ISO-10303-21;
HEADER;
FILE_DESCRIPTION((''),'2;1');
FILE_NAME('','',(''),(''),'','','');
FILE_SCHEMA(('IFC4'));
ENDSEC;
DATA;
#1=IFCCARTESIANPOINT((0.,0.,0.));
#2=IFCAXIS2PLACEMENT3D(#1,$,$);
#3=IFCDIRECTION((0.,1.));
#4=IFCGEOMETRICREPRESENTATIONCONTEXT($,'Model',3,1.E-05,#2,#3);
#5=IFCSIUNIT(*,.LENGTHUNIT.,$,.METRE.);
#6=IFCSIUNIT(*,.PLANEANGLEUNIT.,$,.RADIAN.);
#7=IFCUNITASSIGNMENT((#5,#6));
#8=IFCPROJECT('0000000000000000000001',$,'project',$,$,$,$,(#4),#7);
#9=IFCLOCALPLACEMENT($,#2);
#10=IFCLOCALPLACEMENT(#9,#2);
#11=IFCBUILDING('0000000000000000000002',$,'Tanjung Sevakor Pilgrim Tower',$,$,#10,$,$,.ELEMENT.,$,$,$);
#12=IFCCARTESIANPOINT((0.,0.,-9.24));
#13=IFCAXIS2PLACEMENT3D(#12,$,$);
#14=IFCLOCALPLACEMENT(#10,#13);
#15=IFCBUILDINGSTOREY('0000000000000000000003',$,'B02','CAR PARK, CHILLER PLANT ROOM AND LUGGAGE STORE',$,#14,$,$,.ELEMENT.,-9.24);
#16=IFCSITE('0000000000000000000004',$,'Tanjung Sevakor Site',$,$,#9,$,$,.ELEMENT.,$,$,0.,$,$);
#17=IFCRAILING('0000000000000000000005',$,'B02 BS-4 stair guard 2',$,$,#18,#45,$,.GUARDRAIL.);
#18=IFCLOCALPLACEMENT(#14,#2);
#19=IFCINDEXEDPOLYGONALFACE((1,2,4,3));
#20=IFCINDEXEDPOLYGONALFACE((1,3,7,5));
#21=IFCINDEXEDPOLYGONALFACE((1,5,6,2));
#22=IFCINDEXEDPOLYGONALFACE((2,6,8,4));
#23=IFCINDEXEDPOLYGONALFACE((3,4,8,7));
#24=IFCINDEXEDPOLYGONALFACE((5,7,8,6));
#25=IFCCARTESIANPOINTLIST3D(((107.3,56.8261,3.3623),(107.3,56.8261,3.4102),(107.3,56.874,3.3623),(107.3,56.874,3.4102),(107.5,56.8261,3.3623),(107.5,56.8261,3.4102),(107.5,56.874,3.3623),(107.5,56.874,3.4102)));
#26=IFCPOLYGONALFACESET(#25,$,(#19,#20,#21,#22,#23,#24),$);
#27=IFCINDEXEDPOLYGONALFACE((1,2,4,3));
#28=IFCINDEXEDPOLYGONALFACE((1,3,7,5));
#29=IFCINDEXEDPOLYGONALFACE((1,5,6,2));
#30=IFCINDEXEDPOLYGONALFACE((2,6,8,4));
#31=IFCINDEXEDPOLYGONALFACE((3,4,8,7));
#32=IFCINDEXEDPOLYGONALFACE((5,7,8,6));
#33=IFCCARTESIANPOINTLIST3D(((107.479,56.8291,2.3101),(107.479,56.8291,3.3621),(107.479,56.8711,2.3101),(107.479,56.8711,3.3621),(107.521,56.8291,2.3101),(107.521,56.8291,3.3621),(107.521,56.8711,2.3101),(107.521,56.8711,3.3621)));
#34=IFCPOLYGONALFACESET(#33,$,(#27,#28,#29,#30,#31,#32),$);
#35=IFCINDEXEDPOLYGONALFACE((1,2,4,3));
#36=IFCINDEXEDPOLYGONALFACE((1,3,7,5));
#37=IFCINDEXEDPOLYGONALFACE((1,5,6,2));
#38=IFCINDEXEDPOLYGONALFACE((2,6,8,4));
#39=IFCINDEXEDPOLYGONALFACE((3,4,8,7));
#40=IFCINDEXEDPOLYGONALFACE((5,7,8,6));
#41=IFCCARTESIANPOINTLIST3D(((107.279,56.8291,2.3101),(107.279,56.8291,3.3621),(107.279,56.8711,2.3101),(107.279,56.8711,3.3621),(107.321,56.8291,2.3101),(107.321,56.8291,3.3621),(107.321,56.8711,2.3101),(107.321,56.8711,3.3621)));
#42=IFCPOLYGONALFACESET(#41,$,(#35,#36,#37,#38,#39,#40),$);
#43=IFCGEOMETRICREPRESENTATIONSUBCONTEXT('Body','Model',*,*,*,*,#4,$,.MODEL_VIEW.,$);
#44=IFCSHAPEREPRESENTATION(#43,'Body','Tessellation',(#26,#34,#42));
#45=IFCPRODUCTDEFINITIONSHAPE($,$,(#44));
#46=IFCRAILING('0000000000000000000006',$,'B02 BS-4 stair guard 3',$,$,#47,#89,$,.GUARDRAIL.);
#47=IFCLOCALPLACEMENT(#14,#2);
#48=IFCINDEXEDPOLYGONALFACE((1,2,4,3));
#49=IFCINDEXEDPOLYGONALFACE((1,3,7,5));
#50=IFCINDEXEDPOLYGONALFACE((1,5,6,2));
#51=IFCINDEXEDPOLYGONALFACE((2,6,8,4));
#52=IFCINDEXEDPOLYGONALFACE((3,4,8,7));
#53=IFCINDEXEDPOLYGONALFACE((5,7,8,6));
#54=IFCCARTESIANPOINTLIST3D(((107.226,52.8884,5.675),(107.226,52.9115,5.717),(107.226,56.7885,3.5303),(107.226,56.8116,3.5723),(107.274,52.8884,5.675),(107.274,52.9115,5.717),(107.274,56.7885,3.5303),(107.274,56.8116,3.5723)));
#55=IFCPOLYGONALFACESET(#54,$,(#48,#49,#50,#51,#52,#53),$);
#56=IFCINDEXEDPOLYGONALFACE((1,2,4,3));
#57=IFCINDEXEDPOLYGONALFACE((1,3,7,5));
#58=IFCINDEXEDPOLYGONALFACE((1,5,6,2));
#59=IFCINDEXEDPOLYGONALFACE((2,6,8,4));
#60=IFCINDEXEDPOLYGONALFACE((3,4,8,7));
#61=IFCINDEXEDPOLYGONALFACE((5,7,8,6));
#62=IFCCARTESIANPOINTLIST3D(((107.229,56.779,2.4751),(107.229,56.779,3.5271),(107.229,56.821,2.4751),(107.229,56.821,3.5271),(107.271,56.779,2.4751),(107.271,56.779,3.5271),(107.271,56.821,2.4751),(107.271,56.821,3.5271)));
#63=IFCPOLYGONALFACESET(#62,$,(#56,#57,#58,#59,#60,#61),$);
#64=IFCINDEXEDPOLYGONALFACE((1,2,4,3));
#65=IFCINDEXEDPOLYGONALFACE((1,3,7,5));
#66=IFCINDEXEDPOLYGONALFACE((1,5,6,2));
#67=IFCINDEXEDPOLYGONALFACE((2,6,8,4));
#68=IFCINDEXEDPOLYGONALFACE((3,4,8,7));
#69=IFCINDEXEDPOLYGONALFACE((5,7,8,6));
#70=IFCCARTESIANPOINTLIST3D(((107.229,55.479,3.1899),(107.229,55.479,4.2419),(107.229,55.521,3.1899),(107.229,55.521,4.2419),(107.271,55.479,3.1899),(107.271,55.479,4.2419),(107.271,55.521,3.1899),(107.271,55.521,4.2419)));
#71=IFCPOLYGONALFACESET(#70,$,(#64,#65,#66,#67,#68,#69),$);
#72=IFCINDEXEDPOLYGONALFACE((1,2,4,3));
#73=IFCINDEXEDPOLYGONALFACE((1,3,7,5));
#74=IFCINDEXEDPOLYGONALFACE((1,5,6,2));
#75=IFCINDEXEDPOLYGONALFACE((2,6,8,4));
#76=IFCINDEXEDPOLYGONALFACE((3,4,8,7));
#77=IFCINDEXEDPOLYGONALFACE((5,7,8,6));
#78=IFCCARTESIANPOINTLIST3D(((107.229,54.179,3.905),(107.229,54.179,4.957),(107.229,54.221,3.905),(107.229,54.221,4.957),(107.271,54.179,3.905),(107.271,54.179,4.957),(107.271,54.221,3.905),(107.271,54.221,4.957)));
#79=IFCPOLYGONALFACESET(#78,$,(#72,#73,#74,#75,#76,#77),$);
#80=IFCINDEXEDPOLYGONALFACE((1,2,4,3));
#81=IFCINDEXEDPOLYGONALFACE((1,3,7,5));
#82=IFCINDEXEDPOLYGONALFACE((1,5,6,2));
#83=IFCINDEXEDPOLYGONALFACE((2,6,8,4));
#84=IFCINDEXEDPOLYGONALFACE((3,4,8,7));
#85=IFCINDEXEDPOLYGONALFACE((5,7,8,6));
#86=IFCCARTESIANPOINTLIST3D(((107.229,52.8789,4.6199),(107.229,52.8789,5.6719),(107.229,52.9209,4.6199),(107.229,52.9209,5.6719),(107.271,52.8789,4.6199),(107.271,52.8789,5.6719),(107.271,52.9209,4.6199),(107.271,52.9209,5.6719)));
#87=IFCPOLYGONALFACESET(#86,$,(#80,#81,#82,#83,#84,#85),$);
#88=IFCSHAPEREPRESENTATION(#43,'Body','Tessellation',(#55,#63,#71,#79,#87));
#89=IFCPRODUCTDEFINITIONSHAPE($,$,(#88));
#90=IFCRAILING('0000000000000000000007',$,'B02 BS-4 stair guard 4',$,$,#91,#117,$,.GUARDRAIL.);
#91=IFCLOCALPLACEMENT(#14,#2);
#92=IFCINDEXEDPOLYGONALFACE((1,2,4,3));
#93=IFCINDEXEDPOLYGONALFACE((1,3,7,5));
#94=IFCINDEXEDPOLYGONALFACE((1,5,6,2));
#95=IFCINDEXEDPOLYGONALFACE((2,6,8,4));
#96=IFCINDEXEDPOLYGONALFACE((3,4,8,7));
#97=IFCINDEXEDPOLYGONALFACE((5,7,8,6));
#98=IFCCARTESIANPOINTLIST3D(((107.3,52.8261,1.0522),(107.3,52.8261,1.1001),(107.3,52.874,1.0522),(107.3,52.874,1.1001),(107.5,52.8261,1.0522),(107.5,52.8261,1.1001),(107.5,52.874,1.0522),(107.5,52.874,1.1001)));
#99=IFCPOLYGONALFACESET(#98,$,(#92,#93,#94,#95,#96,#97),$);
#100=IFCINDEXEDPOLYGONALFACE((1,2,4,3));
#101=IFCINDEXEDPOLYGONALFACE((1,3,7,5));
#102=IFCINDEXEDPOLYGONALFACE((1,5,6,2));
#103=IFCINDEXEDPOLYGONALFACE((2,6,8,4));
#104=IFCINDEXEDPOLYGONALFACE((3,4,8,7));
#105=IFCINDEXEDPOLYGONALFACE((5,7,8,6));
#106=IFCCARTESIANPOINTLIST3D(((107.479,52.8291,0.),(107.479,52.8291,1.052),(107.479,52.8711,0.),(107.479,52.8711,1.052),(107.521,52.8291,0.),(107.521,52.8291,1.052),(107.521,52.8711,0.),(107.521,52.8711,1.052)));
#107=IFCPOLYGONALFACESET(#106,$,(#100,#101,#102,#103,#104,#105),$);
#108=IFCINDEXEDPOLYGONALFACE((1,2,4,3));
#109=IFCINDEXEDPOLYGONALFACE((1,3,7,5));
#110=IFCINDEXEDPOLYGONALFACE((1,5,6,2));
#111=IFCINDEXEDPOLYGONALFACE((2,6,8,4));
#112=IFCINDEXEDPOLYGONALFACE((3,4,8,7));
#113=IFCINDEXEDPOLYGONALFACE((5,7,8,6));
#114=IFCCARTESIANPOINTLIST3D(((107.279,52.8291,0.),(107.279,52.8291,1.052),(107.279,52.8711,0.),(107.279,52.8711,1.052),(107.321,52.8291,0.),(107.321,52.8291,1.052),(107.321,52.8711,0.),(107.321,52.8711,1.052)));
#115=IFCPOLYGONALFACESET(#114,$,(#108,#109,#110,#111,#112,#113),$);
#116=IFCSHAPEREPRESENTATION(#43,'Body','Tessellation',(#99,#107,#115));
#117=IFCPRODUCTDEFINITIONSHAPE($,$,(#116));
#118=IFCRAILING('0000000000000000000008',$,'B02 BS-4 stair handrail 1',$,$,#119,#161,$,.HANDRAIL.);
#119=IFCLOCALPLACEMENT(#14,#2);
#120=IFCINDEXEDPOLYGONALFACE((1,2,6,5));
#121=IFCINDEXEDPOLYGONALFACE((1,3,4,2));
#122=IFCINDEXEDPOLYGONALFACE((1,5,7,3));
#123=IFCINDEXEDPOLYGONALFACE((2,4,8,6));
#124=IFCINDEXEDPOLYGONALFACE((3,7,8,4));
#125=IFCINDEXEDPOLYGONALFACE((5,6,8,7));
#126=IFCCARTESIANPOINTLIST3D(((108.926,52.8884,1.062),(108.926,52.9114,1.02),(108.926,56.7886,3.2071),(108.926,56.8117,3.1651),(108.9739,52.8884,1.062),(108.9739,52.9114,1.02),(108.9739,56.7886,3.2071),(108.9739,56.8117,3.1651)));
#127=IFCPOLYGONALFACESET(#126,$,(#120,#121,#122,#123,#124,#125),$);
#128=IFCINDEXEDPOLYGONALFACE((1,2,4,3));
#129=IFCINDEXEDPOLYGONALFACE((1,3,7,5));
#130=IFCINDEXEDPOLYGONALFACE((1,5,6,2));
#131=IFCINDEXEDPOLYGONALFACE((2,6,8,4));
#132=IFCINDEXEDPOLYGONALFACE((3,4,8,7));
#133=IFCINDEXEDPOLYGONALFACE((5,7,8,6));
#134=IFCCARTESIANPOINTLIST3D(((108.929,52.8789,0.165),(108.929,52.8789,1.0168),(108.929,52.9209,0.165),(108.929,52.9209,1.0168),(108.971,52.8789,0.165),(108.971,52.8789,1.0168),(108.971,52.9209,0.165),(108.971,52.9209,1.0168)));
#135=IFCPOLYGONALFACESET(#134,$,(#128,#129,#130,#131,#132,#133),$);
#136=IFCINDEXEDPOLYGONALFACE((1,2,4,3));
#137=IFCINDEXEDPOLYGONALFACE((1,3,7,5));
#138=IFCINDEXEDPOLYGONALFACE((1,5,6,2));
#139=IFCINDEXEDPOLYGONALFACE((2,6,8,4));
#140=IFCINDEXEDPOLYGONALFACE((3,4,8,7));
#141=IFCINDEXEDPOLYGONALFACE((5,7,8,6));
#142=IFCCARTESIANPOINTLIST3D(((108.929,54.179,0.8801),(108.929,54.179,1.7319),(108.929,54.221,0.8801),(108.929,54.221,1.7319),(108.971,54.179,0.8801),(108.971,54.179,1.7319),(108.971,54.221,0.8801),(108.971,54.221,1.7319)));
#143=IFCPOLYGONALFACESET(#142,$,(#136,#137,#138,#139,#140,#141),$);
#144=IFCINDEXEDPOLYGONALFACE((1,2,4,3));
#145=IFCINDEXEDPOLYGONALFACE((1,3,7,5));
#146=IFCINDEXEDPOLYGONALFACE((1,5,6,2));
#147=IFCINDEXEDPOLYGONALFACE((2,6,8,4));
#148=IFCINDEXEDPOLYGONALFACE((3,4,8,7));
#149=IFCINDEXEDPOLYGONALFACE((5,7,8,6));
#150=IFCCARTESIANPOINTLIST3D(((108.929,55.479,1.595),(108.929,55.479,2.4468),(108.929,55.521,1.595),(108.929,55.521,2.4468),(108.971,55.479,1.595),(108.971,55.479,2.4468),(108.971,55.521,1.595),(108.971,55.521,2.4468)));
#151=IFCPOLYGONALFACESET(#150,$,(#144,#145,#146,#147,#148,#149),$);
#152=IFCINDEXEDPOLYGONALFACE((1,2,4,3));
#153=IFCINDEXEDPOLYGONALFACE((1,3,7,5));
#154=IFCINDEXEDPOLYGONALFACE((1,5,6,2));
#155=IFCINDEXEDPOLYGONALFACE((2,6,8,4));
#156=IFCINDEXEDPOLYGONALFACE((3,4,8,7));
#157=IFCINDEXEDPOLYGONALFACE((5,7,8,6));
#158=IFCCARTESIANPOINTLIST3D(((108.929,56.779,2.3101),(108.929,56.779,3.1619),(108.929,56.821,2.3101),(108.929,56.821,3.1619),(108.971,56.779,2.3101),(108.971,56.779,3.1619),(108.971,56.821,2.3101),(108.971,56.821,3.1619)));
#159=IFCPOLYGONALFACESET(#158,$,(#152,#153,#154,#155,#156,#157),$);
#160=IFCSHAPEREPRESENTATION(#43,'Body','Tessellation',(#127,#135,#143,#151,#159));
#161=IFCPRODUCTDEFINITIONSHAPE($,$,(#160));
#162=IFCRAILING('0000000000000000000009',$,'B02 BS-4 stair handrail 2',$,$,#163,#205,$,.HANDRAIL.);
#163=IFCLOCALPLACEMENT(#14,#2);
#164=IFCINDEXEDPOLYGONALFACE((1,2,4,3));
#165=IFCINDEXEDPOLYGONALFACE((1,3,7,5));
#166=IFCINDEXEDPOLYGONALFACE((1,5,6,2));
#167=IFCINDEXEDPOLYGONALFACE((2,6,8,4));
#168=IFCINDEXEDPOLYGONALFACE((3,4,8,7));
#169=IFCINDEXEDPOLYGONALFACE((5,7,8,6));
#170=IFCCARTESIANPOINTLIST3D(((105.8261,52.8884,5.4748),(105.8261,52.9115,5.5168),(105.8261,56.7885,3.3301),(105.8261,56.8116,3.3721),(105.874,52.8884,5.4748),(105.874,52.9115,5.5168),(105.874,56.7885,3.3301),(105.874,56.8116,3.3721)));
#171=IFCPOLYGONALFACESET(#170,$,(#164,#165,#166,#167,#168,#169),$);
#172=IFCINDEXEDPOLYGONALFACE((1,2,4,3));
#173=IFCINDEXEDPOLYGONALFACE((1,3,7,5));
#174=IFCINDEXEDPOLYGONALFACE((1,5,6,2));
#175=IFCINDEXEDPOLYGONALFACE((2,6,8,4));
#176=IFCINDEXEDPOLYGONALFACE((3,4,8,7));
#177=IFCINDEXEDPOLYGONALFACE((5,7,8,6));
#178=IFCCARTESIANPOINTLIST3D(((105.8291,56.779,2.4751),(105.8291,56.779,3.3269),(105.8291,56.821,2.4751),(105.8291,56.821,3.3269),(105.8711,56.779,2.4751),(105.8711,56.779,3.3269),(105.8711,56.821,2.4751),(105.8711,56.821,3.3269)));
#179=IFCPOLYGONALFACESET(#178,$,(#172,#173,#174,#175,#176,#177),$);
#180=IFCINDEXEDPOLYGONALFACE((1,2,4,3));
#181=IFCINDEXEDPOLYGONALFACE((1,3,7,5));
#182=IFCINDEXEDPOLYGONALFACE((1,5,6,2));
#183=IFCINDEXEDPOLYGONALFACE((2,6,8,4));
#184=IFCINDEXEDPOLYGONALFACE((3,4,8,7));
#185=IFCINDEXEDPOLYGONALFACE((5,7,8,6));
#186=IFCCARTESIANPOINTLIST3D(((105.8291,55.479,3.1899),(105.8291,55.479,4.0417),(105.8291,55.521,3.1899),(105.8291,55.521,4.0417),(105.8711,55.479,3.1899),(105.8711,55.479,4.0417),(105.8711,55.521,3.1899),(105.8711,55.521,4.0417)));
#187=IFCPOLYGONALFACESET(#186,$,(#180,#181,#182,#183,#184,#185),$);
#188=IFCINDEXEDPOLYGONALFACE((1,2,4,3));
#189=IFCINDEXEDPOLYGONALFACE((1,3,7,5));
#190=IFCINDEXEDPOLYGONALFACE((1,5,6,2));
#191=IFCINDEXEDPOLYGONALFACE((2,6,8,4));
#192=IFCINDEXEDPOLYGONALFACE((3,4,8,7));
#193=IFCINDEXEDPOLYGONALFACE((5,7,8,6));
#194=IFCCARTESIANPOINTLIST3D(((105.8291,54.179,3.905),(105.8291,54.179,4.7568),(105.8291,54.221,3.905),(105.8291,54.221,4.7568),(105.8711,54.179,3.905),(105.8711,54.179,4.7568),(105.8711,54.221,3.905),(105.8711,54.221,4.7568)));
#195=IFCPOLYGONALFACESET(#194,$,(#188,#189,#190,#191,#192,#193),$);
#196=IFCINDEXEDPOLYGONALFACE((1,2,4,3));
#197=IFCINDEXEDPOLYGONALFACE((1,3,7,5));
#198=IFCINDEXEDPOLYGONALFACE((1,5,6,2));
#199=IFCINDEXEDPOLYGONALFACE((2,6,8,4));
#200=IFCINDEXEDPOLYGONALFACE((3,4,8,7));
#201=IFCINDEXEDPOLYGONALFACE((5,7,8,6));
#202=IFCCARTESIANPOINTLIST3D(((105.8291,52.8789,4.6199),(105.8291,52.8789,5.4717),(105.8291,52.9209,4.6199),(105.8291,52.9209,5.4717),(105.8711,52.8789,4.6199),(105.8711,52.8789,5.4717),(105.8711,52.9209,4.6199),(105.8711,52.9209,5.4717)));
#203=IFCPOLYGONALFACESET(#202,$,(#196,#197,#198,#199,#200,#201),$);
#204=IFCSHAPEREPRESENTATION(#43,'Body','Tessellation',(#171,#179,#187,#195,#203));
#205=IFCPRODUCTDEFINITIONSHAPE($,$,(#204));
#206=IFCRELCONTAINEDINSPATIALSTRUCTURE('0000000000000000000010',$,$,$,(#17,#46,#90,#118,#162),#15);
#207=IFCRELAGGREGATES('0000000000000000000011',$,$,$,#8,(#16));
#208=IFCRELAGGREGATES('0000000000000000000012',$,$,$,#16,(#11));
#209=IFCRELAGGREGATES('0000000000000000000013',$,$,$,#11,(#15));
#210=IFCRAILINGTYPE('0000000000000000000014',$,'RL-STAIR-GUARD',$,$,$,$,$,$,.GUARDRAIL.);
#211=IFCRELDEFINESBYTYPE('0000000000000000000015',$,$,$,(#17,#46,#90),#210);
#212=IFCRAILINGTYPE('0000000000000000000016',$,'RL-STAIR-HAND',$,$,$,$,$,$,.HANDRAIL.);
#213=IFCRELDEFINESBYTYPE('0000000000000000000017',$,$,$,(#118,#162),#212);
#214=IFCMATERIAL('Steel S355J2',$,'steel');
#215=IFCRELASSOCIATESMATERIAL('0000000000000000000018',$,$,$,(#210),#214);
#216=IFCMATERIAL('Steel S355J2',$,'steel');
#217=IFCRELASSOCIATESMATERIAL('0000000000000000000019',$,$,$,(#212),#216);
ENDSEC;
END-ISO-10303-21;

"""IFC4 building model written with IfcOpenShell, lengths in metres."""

from ifc_helpers import new_model, si_unit, direction, frame, origin, place, context, subcontext, project, spatial, rectangle, extrude, material, type_object, element, save


model = new_model("IFC4")

# Units and contexts
model_context = context("Model", 3, precision=1e-05, world=origin(), true_north=direction((0.0, 1.0)))
body_context = subcontext(model_context, "Body", "Model", "MODEL_VIEW")
ifc_project = project(units=[si_unit("LENGTHUNIT", "METRE"), si_unit("PLANEANGLEUNIT", "RADIAN")], contexts=[model_context])

# Site, building, storey
site_placement = place(None, origin())
site = spatial("IfcSite", under=ifc_project, at=site_placement, Name="Tanjung Sevakor Site", CompositionType="ELEMENT", RefElevation=0.0)
building_placement = place(site_placement, origin())
building = spatial("IfcBuilding", under=site, at=building_placement, Name="Tanjung Sevakor Pilgrim Tower", CompositionType="ELEMENT")
storey_placement = place(building_placement, frame((0.0, 0.0, -9.24)))
storey = spatial("IfcBuildingStorey", under=building, at=storey_placement, Name="B02", Description="CAR PARK, CHILLER PLANT ROOM AND LUGGAGE STORE", CompositionType="ELEMENT", Elevation=-9.24)

# Railings
ifc_material_1 = material(Name="Steel S355J2", Category="steel")
railing_type_1 = type_object("IfcRailingType", Name="RL-STAIR-GUARD", PredefinedType="GUARDRAIL", material=ifc_material_1)
railing_1_placement = place(storey_placement, frame((107.5, 56.8501, 2.3101)))
element("IfcRailing", 1, at=railing_1_placement, inside=storey, type_object=railing_type_1, Name="B02 BS-4 stair guard 2", PredefinedType="GUARDRAIL", context=body_context, shape_type="SweptSolid", body=[
    extrude(rectangle(XDim=0.0479, YDim=0.0479), frame((0.0, 0.0, 1.0762), z_axis=(-1.0, 0.0, 0.0), x_axis=(0.0, -1.0, 0.0)), (0.0, 0.0, 1.0), 0.2),
    extrude(rectangle(XDim=0.042, YDim=0.042), origin(), (0.0, 0.0, 1.0), 1.052),
    extrude(rectangle(XDim=0.042, YDim=0.042), frame((-0.2, 0.0, 0.0)), (0.0, 0.0, 1.0), 1.052),
])
railing_2_placement = place(storey_placement, frame((107.25, 56.8, 2.4751)))
element("IfcRailing", 2, at=railing_2_placement, inside=storey, type_object=railing_type_1, Name="B02 BS-4 stair guard 3", PredefinedType="GUARDRAIL", context=body_context, shape_type="SweptSolid", body=[
    extrude(rectangle(XDim=0.0479, YDim=0.0479), frame((0.0, 0.0, 1.0762), z_axis=(0.0, -0.876245, 0.481866), x_axis=(1.0, 0.0, 0.0)), (0.0, 0.0, 1.0), 4.4509),
    extrude(rectangle(XDim=0.042, YDim=0.042), origin(), (0.0, 0.0, 1.0), 1.052),
    extrude(rectangle(XDim=0.042, YDim=0.042), frame((0.0, -1.3, 0.7148)), (0.0, 0.0, 1.0), 1.052),
    extrude(rectangle(XDim=0.042, YDim=0.042), frame((0.0, -2.6001, 1.4299)), (0.0, 0.0, 1.0), 1.052),
    extrude(rectangle(XDim=0.042, YDim=0.042), frame((0.0, -3.9001, 2.1448)), (0.0, 0.0, 1.0), 1.052),
])
railing_3_placement = place(storey_placement, frame((107.5, 52.8501, 0.0)))
element("IfcRailing", 3, at=railing_3_placement, inside=storey, type_object=railing_type_1, Name="B02 BS-4 stair guard 4", PredefinedType="GUARDRAIL", context=body_context, shape_type="SweptSolid", body=[
    extrude(rectangle(XDim=0.0479, YDim=0.0479), frame((0.0, 0.0, 1.0762), z_axis=(-1.0, 0.0, 0.0), x_axis=(0.0, -1.0, 0.0)), (0.0, 0.0, 1.0), 0.2),
    extrude(rectangle(XDim=0.042, YDim=0.042), origin(), (0.0, 0.0, 1.0), 1.052),
    extrude(rectangle(XDim=0.042, YDim=0.042), frame((-0.2, 0.0, 0.0)), (0.0, 0.0, 1.0), 1.052),
])
ifc_material_2 = material(Name="Steel S355J2", Category="steel")
railing_type_2 = type_object("IfcRailingType", Name="RL-STAIR-HAND", PredefinedType="HANDRAIL", material=ifc_material_2)
railing_4_placement = place(storey_placement, frame((108.95, 52.8999, 0.165)))
element("IfcRailing", 4, at=railing_4_placement, inside=storey, type_object=railing_type_2, Name="B02 BS-4 stair handrail 1", PredefinedType="HANDRAIL", context=body_context, shape_type="SweptSolid", body=[
    extrude(rectangle(XDim=0.0479, YDim=0.0479), frame((0.0, 0.0, 0.876), z_axis=(0.0, 0.876222, 0.481908), x_axis=(-1.0, 0.0, 0.0)), (0.0, 0.0, 1.0), 4.4512),
    extrude(rectangle(XDim=0.042, YDim=0.042), origin(), (0.0, 0.0, 1.0), 0.8518),
    extrude(rectangle(XDim=0.042, YDim=0.042), frame((0.0, 1.3, 0.7151)), (0.0, 0.0, 1.0), 0.8518),
    extrude(rectangle(XDim=0.042, YDim=0.042), frame((0.0, 2.6001, 1.4299)), (0.0, 0.0, 1.0), 0.8518),
    extrude(rectangle(XDim=0.042, YDim=0.042), frame((0.0, 3.9001, 2.145)), (0.0, 0.0, 1.0), 0.8518),
])
railing_5_placement = place(storey_placement, frame((105.8501, 56.8, 2.4751)))
element("IfcRailing", 5, at=railing_5_placement, inside=storey, type_object=railing_type_2, Name="B02 BS-4 stair handrail 2", PredefinedType="HANDRAIL", context=body_context, shape_type="SweptSolid", body=[
    extrude(rectangle(XDim=0.0479, YDim=0.0479), frame((0.0, 0.0, 0.876), z_axis=(0.0, -0.876245, 0.481866), x_axis=(1.0, 0.0, 0.0)), (0.0, 0.0, 1.0), 4.4509),
    extrude(rectangle(XDim=0.042, YDim=0.042), origin(), (0.0, 0.0, 1.0), 0.8518),
    extrude(rectangle(XDim=0.042, YDim=0.042), frame((0.0, -1.3, 0.7148)), (0.0, 0.0, 1.0), 0.8518),
    extrude(rectangle(XDim=0.042, YDim=0.042), frame((0.0, -2.6001, 1.4299)), (0.0, 0.0, 1.0), 0.8518),
    extrude(rectangle(XDim=0.042, YDim=0.042), frame((0.0, -3.9001, 2.1448)), (0.0, 0.0, 1.0), 0.8518),
])

save(model, "model.ifc")
